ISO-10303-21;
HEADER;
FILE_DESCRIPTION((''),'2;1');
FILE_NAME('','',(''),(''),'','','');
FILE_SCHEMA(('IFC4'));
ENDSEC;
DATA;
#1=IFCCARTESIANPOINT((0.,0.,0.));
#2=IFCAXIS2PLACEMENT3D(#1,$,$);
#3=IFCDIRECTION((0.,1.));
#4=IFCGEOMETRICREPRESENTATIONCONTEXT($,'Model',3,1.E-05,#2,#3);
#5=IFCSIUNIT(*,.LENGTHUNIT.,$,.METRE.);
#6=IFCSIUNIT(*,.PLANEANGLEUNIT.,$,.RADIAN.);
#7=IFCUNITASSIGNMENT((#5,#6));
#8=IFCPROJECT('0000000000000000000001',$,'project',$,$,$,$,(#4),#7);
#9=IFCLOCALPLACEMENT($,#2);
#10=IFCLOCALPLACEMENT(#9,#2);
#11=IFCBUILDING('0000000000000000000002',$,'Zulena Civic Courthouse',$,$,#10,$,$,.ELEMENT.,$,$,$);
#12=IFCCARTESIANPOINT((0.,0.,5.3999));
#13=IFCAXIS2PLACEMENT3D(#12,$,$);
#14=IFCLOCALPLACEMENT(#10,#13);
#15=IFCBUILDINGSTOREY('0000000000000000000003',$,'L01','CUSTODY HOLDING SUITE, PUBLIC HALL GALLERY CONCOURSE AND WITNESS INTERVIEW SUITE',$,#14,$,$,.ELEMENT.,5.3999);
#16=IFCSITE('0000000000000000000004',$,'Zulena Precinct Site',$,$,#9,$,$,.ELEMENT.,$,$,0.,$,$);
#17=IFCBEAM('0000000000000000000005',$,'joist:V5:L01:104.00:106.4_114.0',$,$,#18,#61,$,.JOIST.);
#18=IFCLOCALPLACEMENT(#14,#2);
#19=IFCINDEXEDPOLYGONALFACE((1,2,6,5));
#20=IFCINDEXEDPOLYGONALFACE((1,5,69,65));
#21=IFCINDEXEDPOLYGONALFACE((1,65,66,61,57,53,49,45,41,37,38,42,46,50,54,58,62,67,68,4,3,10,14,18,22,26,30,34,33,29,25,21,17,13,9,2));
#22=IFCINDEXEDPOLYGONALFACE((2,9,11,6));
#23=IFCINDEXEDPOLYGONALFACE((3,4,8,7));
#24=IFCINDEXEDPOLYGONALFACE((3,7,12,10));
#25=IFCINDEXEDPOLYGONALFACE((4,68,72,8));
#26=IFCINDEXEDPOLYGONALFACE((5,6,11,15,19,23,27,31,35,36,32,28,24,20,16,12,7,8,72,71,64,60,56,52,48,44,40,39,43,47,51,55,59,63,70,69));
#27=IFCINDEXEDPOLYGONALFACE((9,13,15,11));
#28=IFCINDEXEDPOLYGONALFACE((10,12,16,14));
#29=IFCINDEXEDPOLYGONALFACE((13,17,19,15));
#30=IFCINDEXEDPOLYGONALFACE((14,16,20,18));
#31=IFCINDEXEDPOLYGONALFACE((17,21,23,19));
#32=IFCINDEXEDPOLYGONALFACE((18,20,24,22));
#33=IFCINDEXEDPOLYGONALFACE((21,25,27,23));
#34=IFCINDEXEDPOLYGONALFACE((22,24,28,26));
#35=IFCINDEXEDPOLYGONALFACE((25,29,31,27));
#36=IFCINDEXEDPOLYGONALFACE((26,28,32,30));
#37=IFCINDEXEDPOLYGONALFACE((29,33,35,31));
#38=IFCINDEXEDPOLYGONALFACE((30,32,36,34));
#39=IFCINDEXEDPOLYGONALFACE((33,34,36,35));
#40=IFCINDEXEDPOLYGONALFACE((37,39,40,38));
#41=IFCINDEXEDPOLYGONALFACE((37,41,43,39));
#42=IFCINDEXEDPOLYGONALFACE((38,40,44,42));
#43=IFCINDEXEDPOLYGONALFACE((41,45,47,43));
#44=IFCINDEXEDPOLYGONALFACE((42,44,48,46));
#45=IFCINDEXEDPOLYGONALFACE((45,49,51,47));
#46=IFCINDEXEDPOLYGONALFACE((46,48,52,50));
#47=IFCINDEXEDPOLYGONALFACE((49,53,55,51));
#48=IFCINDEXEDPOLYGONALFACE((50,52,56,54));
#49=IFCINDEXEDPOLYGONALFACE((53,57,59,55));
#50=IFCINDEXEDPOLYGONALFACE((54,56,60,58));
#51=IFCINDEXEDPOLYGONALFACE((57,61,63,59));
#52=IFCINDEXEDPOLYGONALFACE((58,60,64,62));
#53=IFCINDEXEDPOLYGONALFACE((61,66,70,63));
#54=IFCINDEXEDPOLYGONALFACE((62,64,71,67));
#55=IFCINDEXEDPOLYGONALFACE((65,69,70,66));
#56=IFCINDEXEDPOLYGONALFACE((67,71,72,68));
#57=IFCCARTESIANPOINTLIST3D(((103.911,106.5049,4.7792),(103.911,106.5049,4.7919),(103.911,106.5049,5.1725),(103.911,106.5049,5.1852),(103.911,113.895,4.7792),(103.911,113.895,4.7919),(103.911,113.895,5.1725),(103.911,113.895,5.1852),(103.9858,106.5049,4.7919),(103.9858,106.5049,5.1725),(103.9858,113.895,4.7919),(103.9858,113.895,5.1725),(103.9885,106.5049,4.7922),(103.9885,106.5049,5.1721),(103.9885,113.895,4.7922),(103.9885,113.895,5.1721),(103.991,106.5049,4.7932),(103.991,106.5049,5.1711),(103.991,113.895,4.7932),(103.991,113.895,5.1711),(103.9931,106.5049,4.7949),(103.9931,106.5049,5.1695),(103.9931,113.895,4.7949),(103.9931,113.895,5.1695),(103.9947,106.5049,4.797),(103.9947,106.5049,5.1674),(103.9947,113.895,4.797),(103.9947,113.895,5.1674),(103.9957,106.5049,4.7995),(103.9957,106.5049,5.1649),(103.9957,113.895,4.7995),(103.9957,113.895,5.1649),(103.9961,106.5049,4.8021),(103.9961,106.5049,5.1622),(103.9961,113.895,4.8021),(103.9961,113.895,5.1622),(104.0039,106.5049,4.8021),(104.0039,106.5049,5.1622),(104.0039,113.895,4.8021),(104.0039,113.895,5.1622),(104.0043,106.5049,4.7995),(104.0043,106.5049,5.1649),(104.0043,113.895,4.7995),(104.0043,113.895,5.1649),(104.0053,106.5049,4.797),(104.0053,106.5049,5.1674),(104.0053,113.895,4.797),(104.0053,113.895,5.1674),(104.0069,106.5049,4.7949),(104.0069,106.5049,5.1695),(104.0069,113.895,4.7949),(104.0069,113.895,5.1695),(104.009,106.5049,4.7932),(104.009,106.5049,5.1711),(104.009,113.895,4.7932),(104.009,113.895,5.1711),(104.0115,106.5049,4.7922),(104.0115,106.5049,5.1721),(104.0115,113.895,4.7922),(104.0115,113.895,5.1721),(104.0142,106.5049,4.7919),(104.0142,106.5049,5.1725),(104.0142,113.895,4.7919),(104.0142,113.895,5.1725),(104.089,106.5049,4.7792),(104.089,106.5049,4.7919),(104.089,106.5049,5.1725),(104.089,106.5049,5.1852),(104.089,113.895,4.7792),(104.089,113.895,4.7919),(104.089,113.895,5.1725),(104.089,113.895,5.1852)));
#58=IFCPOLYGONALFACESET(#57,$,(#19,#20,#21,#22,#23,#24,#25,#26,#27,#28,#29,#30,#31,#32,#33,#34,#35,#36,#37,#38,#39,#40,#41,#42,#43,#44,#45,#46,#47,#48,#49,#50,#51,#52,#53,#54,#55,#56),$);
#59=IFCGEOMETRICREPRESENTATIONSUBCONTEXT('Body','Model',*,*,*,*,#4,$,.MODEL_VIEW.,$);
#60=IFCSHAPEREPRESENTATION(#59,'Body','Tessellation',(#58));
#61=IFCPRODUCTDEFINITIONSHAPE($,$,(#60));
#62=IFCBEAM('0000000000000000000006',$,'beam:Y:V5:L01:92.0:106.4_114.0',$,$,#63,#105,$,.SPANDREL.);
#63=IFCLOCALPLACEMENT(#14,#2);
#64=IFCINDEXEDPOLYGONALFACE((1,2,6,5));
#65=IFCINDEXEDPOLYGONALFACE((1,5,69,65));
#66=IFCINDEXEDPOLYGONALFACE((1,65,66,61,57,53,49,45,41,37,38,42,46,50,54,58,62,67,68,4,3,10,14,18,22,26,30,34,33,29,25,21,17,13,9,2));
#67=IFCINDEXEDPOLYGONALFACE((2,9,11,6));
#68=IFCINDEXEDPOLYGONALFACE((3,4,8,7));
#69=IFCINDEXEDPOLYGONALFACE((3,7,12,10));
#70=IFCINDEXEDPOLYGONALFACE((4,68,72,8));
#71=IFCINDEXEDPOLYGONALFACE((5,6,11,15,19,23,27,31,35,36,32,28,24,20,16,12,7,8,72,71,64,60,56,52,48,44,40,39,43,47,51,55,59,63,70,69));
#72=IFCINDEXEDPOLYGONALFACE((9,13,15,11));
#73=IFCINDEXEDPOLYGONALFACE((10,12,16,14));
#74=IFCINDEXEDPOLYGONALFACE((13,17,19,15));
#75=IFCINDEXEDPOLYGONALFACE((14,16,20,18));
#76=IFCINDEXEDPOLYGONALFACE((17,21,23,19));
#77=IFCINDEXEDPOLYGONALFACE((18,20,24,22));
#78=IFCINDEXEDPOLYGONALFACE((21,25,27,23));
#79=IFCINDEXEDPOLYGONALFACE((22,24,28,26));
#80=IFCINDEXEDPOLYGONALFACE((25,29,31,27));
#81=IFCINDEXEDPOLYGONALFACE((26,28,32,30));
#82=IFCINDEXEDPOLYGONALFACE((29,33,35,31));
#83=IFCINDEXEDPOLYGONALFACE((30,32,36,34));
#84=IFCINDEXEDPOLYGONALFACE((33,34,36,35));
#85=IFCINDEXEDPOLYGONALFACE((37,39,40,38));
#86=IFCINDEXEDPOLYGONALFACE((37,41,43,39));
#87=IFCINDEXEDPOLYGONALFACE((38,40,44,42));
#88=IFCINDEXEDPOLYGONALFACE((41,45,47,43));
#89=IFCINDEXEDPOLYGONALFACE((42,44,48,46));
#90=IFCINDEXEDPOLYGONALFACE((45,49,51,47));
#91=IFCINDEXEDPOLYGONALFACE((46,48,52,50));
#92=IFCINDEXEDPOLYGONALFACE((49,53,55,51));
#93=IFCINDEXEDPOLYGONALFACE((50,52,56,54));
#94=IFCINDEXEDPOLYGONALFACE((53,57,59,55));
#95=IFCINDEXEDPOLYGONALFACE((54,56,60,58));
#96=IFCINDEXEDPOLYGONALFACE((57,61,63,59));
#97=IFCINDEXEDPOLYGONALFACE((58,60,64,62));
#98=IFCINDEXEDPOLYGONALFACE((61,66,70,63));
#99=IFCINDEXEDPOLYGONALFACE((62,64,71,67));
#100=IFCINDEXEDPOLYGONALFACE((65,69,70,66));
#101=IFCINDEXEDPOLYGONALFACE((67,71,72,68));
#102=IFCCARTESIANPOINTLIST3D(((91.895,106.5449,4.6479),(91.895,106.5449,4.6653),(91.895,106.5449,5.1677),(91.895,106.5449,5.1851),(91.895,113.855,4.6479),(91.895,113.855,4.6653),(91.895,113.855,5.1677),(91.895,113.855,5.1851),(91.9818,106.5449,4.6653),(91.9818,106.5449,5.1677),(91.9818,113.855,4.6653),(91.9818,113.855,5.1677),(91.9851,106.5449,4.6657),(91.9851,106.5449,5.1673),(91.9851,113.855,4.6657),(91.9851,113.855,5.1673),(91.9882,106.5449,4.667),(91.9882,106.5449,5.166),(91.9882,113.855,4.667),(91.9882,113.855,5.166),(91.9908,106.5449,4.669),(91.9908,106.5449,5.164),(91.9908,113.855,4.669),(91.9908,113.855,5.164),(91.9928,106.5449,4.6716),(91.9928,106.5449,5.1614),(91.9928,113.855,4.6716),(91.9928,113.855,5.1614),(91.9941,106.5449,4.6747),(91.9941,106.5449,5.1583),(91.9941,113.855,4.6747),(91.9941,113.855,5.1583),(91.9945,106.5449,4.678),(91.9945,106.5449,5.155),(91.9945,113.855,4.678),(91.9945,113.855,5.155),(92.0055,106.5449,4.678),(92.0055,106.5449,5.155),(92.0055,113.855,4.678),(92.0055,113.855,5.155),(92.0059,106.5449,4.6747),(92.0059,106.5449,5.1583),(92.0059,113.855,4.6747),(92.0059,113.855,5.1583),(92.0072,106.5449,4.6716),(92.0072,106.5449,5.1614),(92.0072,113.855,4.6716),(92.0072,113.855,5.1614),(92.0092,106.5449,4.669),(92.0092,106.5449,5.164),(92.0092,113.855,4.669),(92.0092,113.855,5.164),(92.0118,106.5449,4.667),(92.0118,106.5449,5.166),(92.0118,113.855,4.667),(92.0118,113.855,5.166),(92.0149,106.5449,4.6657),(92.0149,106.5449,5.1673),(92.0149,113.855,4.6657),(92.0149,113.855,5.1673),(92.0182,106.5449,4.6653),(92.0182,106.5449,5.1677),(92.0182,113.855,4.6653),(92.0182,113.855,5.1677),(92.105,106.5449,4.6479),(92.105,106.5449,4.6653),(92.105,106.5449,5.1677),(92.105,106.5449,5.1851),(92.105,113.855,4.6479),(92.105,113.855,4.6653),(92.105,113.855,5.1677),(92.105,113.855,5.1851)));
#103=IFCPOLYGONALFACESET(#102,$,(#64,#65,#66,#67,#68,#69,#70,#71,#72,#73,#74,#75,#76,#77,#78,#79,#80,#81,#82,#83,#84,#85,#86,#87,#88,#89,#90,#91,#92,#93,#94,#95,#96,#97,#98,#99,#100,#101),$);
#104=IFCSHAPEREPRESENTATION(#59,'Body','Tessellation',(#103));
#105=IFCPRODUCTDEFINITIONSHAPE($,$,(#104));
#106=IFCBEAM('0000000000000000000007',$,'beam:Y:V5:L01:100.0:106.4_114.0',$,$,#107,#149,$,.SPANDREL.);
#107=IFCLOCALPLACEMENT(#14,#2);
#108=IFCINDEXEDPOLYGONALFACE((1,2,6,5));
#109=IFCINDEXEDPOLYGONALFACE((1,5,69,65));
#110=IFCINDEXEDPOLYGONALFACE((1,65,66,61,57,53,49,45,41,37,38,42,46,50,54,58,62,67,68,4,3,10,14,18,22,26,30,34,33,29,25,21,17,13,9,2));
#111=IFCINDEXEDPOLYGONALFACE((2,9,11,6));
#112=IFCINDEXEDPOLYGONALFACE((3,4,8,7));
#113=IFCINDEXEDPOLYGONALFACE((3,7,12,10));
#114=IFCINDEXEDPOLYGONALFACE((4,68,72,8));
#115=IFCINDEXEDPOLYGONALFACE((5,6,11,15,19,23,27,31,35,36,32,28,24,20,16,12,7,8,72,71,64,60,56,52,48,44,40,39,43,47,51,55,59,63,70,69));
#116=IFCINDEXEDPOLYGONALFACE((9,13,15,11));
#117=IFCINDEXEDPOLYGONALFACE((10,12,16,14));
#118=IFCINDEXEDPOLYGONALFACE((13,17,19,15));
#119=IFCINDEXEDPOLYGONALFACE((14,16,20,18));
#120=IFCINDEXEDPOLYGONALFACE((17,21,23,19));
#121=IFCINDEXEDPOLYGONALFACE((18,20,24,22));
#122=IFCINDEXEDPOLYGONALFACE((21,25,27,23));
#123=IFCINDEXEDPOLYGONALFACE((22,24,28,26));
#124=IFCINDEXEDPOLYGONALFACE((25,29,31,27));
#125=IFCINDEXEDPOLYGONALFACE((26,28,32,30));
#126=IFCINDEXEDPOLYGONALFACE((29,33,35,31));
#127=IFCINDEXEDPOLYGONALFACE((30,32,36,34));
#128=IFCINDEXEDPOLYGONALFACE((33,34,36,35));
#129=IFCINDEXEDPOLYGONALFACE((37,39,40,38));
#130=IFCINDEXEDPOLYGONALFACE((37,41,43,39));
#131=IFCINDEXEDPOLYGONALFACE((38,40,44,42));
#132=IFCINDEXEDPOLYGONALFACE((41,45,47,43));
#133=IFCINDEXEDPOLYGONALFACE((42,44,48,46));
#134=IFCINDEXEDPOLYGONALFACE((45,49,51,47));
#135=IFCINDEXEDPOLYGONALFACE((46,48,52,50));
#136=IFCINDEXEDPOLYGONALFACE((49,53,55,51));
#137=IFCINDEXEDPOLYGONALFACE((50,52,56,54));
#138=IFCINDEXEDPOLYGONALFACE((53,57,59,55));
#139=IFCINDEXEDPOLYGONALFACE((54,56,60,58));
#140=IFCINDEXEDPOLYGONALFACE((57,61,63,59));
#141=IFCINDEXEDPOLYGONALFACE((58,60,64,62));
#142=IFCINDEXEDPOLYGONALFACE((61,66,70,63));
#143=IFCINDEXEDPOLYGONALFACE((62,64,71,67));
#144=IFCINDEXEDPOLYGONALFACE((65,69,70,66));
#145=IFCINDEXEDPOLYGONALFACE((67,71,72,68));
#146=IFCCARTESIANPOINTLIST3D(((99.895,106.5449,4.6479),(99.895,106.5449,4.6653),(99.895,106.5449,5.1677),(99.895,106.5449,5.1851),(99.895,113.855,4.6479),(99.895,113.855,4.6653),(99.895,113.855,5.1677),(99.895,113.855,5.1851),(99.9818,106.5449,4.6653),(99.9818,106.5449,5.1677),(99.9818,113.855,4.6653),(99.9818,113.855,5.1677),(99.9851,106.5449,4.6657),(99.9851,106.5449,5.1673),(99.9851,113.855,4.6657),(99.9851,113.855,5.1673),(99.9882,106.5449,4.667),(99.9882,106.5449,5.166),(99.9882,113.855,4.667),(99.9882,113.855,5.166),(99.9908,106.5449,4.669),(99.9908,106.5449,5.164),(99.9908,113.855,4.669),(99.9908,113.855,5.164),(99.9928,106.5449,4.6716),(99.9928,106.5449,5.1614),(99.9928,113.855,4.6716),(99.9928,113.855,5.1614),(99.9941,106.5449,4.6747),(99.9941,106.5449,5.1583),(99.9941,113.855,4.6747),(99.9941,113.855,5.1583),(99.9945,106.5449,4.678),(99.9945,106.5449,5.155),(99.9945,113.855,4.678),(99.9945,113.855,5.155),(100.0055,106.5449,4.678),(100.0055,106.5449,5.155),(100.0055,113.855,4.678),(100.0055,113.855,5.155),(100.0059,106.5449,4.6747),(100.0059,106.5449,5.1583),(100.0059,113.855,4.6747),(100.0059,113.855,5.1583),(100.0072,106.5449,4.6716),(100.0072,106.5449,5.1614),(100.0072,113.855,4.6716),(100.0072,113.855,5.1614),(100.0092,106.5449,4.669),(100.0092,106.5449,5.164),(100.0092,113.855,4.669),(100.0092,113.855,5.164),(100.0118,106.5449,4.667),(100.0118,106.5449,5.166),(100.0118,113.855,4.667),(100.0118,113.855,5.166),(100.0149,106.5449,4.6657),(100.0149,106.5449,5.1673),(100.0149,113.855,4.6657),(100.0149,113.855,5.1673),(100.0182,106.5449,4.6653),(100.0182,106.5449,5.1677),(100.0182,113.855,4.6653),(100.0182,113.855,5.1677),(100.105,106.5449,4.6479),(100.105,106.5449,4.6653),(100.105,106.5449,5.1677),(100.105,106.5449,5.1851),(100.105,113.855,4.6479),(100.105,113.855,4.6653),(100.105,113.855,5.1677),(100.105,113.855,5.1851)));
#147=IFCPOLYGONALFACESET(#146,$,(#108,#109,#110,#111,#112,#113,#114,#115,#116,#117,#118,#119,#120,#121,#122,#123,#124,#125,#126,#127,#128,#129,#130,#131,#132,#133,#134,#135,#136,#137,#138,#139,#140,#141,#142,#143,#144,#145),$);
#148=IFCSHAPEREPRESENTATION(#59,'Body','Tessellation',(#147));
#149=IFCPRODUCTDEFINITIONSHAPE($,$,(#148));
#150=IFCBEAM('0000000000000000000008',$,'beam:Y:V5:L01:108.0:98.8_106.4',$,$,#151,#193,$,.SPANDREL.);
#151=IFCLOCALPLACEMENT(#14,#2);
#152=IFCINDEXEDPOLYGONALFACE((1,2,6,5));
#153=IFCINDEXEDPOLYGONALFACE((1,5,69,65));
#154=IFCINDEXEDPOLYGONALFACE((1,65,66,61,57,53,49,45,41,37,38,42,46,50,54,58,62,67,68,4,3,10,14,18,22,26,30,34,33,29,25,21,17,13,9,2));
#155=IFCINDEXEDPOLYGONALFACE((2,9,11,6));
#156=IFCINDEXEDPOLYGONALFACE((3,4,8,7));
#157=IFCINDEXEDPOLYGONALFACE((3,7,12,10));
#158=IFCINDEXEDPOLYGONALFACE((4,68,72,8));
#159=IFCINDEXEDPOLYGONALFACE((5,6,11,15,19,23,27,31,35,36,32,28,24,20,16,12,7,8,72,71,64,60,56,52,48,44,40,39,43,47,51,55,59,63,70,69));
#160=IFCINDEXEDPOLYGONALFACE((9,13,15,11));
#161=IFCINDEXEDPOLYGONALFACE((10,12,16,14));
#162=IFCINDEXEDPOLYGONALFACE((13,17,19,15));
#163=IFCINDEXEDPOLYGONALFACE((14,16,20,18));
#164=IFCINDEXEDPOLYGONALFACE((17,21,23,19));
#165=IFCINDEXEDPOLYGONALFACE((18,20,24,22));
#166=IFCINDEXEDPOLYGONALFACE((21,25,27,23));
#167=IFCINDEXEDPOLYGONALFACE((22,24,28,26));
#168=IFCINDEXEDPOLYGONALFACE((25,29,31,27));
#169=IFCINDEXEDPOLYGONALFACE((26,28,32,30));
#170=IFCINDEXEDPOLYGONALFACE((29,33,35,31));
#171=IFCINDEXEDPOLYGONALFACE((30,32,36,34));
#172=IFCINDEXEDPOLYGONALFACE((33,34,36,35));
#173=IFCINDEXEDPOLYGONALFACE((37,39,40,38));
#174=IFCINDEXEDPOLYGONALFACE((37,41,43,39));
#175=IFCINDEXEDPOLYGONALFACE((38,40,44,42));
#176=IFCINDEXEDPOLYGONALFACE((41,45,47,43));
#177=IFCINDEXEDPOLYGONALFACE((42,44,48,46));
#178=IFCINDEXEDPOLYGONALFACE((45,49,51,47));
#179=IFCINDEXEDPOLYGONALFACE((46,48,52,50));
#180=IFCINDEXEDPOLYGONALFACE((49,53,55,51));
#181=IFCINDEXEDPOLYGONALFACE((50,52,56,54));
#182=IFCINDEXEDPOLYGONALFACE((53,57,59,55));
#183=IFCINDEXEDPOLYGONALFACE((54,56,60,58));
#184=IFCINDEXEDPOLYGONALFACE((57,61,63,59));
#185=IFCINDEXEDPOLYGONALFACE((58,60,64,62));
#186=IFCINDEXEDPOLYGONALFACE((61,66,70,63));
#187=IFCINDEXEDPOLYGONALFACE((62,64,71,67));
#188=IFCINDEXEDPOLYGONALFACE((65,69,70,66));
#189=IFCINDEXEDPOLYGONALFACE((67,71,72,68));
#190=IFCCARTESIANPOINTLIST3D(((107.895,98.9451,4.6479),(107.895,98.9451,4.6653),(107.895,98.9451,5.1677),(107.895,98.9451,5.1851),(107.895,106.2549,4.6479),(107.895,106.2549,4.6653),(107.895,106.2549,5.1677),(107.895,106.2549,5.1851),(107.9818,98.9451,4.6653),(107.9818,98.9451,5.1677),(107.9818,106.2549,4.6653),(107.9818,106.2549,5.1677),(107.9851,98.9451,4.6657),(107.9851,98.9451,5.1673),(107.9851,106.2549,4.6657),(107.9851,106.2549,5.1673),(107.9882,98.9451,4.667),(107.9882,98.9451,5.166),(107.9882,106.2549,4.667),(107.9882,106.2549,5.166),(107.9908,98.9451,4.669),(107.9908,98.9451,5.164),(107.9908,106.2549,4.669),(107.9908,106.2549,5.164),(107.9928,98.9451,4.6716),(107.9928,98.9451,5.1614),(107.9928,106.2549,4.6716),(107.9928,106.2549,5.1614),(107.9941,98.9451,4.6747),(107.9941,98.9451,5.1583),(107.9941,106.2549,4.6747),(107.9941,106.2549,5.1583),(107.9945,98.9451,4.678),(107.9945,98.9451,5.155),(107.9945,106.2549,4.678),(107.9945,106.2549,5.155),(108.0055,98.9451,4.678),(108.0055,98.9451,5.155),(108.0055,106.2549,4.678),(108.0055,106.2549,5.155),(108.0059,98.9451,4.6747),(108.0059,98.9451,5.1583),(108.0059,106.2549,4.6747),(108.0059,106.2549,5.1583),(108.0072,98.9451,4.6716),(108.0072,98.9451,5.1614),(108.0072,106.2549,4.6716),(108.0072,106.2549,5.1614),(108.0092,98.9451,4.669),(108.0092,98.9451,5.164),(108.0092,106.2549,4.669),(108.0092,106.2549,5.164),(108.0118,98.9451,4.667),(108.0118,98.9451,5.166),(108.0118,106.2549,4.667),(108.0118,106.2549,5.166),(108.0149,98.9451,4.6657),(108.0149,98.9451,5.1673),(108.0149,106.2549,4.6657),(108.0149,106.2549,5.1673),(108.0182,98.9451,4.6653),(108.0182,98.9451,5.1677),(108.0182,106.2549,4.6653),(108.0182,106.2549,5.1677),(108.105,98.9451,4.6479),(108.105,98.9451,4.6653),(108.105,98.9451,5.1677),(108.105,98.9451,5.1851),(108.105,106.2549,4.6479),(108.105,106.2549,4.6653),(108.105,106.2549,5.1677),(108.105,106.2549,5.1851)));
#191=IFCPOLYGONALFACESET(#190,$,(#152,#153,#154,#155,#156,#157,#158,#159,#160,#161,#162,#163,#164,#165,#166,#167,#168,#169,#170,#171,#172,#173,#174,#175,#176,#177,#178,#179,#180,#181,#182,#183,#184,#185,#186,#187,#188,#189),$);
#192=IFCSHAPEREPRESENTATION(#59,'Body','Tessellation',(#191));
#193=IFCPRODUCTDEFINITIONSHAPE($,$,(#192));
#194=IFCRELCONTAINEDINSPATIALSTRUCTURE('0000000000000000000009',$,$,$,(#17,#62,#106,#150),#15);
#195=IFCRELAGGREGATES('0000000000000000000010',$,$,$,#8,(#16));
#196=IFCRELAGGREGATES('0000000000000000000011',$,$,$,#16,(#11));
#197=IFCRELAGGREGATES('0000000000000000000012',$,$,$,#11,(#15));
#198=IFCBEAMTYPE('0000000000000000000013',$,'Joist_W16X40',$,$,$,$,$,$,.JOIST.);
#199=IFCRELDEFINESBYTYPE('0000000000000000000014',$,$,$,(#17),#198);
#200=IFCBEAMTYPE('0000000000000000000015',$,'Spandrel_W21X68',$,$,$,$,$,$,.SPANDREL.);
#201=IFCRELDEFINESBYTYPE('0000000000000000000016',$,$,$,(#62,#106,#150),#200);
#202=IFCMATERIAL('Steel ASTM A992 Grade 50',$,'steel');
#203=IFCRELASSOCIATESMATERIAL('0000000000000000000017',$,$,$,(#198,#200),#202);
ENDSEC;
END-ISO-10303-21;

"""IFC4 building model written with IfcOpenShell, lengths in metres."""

from ifc_helpers import new_model, si_unit, direction, frame, origin, origin_2d, place, context, subcontext, project, spatial, i_section, extrude, material, material_profile, profile_set, type_object, element, save


model = new_model("IFC4")

# Units and contexts
model_context = context("Model", 3, precision=1e-05, world=origin(), true_north=direction((0.0, 1.0)))
body_context = subcontext(model_context, "Body", "Model", "MODEL_VIEW")
ifc_project = project(units=[si_unit("LENGTHUNIT", "METRE"), si_unit("PLANEANGLEUNIT", "RADIAN")], contexts=[model_context])

# Site, building, storey
site_placement = place(None, origin())
site = spatial("IfcSite", under=ifc_project, at=site_placement, Name="Zulena Precinct Site", CompositionType="ELEMENT", RefElevation=0.0)
building_placement = place(site_placement, origin())
building = spatial("IfcBuilding", under=site, at=building_placement, Name="Zulena Civic Courthouse", CompositionType="ELEMENT")
storey_placement = place(building_placement, frame((0.0, 0.0, 5.3999)))
storey = spatial("IfcBuildingStorey", under=building, at=storey_placement, Name="L01", Description="CUSTODY HOLDING SUITE, PUBLIC HALL GALLERY CONCOURSE AND WITNESS INTERVIEW SUITE", CompositionType="ELEMENT", Elevation=5.3999)

# Shared definitions
ifc_material_1 = material(Name="Steel ASTM A992 Grade 50", Category="steel")

# Beams
ifc_material_profile_1 = material_profile(ifc_material_1, i_section(OverallWidth=0.178, OverallDepth=0.406, WebThickness=0.0078, FlangeThickness=0.0127, FilletRadius=0.0103, at=origin_2d()), Name="W16X40")
ifc_profile_set_1 = profile_set([ifc_material_profile_1], Name="Steel ASTM A992 Grade 50")
beam_type_1 = type_object("IfcBeamType", Name="Joist_W16X40", PredefinedType="JOIST", material=ifc_profile_set_1)
beam_1_placement = place(storey_placement, frame((104.0, 106.5049, 4.9822), z_axis=(0.0, 1.0, 0.0), x_axis=(-1.0, 0.0, 0.0)))
element("IfcBeam", 1, at=beam_1_placement, inside=storey, type_object=beam_type_1, Name="joist:V5:L01:104.00:106.4_114.0", PredefinedType="JOIST", context=body_context, shape_type="SweptSolid", body=[
    extrude(i_section(OverallWidth=0.178, OverallDepth=0.406, WebThickness=0.0078, FlangeThickness=0.0127, FilletRadius=0.0103, at=origin_2d()), origin(), (0.0, 0.0, 1.0), 7.3901),
])
ifc_material_profile_2 = material_profile(ifc_material_1, i_section(OverallWidth=0.21, OverallDepth=0.5371, WebThickness=0.011, FlangeThickness=0.0173, FilletRadius=0.0127, at=origin_2d()), Name="W21X68")
ifc_profile_set_2 = profile_set([ifc_material_profile_2], Name="Steel ASTM A992 Grade 50")
beam_type_2 = type_object("IfcBeamType", Name="Spandrel_W21X68", PredefinedType="SPANDREL", material=ifc_profile_set_2)
for number, where, z_axis, x_axis, name in (
    (2, (92.0, 106.5449, 4.9165), (0.0, 1.0, 0.0), (-1.0, 0.0, 0.0), "beam:Y:V5:L01:92.0:106.4_114.0"),
    (3, (100.0, 106.5449, 4.9165), (0.0, 1.0, 0.0), (-1.0, 0.0, 0.0), "beam:Y:V5:L01:100.0:106.4_114.0"),
):
    element("IfcBeam", number, at=place(storey_placement, frame(where, z_axis=z_axis, x_axis=x_axis)), inside=storey, type_object=beam_type_2, Name=name, PredefinedType="SPANDREL", context=body_context, shape_type="SweptSolid", body=[
        extrude(i_section(OverallWidth=0.21, OverallDepth=0.5371, WebThickness=0.011, FlangeThickness=0.0173, FilletRadius=0.0127, at=origin_2d()), origin(), (0.0, 0.0, 1.0), 7.3101),
    ])
beam_2_placement = place(storey_placement, frame((108.0, 98.9451, 4.9165), z_axis=(0.0, 1.0, 0.0), x_axis=(-1.0, 0.0, 0.0)))
element("IfcBeam", 4, at=beam_2_placement, inside=storey, type_object=beam_type_2, Name="beam:Y:V5:L01:108.0:98.8_106.4", PredefinedType="SPANDREL", context=body_context, shape_type="SweptSolid", body=[
    extrude(i_section(OverallWidth=0.21, OverallDepth=0.5371, WebThickness=0.011, FlangeThickness=0.0173, FilletRadius=0.0127, at=origin_2d()), origin(), (0.0, 0.0, 1.0), 7.3098),
])

save(model, "model.ifc")
